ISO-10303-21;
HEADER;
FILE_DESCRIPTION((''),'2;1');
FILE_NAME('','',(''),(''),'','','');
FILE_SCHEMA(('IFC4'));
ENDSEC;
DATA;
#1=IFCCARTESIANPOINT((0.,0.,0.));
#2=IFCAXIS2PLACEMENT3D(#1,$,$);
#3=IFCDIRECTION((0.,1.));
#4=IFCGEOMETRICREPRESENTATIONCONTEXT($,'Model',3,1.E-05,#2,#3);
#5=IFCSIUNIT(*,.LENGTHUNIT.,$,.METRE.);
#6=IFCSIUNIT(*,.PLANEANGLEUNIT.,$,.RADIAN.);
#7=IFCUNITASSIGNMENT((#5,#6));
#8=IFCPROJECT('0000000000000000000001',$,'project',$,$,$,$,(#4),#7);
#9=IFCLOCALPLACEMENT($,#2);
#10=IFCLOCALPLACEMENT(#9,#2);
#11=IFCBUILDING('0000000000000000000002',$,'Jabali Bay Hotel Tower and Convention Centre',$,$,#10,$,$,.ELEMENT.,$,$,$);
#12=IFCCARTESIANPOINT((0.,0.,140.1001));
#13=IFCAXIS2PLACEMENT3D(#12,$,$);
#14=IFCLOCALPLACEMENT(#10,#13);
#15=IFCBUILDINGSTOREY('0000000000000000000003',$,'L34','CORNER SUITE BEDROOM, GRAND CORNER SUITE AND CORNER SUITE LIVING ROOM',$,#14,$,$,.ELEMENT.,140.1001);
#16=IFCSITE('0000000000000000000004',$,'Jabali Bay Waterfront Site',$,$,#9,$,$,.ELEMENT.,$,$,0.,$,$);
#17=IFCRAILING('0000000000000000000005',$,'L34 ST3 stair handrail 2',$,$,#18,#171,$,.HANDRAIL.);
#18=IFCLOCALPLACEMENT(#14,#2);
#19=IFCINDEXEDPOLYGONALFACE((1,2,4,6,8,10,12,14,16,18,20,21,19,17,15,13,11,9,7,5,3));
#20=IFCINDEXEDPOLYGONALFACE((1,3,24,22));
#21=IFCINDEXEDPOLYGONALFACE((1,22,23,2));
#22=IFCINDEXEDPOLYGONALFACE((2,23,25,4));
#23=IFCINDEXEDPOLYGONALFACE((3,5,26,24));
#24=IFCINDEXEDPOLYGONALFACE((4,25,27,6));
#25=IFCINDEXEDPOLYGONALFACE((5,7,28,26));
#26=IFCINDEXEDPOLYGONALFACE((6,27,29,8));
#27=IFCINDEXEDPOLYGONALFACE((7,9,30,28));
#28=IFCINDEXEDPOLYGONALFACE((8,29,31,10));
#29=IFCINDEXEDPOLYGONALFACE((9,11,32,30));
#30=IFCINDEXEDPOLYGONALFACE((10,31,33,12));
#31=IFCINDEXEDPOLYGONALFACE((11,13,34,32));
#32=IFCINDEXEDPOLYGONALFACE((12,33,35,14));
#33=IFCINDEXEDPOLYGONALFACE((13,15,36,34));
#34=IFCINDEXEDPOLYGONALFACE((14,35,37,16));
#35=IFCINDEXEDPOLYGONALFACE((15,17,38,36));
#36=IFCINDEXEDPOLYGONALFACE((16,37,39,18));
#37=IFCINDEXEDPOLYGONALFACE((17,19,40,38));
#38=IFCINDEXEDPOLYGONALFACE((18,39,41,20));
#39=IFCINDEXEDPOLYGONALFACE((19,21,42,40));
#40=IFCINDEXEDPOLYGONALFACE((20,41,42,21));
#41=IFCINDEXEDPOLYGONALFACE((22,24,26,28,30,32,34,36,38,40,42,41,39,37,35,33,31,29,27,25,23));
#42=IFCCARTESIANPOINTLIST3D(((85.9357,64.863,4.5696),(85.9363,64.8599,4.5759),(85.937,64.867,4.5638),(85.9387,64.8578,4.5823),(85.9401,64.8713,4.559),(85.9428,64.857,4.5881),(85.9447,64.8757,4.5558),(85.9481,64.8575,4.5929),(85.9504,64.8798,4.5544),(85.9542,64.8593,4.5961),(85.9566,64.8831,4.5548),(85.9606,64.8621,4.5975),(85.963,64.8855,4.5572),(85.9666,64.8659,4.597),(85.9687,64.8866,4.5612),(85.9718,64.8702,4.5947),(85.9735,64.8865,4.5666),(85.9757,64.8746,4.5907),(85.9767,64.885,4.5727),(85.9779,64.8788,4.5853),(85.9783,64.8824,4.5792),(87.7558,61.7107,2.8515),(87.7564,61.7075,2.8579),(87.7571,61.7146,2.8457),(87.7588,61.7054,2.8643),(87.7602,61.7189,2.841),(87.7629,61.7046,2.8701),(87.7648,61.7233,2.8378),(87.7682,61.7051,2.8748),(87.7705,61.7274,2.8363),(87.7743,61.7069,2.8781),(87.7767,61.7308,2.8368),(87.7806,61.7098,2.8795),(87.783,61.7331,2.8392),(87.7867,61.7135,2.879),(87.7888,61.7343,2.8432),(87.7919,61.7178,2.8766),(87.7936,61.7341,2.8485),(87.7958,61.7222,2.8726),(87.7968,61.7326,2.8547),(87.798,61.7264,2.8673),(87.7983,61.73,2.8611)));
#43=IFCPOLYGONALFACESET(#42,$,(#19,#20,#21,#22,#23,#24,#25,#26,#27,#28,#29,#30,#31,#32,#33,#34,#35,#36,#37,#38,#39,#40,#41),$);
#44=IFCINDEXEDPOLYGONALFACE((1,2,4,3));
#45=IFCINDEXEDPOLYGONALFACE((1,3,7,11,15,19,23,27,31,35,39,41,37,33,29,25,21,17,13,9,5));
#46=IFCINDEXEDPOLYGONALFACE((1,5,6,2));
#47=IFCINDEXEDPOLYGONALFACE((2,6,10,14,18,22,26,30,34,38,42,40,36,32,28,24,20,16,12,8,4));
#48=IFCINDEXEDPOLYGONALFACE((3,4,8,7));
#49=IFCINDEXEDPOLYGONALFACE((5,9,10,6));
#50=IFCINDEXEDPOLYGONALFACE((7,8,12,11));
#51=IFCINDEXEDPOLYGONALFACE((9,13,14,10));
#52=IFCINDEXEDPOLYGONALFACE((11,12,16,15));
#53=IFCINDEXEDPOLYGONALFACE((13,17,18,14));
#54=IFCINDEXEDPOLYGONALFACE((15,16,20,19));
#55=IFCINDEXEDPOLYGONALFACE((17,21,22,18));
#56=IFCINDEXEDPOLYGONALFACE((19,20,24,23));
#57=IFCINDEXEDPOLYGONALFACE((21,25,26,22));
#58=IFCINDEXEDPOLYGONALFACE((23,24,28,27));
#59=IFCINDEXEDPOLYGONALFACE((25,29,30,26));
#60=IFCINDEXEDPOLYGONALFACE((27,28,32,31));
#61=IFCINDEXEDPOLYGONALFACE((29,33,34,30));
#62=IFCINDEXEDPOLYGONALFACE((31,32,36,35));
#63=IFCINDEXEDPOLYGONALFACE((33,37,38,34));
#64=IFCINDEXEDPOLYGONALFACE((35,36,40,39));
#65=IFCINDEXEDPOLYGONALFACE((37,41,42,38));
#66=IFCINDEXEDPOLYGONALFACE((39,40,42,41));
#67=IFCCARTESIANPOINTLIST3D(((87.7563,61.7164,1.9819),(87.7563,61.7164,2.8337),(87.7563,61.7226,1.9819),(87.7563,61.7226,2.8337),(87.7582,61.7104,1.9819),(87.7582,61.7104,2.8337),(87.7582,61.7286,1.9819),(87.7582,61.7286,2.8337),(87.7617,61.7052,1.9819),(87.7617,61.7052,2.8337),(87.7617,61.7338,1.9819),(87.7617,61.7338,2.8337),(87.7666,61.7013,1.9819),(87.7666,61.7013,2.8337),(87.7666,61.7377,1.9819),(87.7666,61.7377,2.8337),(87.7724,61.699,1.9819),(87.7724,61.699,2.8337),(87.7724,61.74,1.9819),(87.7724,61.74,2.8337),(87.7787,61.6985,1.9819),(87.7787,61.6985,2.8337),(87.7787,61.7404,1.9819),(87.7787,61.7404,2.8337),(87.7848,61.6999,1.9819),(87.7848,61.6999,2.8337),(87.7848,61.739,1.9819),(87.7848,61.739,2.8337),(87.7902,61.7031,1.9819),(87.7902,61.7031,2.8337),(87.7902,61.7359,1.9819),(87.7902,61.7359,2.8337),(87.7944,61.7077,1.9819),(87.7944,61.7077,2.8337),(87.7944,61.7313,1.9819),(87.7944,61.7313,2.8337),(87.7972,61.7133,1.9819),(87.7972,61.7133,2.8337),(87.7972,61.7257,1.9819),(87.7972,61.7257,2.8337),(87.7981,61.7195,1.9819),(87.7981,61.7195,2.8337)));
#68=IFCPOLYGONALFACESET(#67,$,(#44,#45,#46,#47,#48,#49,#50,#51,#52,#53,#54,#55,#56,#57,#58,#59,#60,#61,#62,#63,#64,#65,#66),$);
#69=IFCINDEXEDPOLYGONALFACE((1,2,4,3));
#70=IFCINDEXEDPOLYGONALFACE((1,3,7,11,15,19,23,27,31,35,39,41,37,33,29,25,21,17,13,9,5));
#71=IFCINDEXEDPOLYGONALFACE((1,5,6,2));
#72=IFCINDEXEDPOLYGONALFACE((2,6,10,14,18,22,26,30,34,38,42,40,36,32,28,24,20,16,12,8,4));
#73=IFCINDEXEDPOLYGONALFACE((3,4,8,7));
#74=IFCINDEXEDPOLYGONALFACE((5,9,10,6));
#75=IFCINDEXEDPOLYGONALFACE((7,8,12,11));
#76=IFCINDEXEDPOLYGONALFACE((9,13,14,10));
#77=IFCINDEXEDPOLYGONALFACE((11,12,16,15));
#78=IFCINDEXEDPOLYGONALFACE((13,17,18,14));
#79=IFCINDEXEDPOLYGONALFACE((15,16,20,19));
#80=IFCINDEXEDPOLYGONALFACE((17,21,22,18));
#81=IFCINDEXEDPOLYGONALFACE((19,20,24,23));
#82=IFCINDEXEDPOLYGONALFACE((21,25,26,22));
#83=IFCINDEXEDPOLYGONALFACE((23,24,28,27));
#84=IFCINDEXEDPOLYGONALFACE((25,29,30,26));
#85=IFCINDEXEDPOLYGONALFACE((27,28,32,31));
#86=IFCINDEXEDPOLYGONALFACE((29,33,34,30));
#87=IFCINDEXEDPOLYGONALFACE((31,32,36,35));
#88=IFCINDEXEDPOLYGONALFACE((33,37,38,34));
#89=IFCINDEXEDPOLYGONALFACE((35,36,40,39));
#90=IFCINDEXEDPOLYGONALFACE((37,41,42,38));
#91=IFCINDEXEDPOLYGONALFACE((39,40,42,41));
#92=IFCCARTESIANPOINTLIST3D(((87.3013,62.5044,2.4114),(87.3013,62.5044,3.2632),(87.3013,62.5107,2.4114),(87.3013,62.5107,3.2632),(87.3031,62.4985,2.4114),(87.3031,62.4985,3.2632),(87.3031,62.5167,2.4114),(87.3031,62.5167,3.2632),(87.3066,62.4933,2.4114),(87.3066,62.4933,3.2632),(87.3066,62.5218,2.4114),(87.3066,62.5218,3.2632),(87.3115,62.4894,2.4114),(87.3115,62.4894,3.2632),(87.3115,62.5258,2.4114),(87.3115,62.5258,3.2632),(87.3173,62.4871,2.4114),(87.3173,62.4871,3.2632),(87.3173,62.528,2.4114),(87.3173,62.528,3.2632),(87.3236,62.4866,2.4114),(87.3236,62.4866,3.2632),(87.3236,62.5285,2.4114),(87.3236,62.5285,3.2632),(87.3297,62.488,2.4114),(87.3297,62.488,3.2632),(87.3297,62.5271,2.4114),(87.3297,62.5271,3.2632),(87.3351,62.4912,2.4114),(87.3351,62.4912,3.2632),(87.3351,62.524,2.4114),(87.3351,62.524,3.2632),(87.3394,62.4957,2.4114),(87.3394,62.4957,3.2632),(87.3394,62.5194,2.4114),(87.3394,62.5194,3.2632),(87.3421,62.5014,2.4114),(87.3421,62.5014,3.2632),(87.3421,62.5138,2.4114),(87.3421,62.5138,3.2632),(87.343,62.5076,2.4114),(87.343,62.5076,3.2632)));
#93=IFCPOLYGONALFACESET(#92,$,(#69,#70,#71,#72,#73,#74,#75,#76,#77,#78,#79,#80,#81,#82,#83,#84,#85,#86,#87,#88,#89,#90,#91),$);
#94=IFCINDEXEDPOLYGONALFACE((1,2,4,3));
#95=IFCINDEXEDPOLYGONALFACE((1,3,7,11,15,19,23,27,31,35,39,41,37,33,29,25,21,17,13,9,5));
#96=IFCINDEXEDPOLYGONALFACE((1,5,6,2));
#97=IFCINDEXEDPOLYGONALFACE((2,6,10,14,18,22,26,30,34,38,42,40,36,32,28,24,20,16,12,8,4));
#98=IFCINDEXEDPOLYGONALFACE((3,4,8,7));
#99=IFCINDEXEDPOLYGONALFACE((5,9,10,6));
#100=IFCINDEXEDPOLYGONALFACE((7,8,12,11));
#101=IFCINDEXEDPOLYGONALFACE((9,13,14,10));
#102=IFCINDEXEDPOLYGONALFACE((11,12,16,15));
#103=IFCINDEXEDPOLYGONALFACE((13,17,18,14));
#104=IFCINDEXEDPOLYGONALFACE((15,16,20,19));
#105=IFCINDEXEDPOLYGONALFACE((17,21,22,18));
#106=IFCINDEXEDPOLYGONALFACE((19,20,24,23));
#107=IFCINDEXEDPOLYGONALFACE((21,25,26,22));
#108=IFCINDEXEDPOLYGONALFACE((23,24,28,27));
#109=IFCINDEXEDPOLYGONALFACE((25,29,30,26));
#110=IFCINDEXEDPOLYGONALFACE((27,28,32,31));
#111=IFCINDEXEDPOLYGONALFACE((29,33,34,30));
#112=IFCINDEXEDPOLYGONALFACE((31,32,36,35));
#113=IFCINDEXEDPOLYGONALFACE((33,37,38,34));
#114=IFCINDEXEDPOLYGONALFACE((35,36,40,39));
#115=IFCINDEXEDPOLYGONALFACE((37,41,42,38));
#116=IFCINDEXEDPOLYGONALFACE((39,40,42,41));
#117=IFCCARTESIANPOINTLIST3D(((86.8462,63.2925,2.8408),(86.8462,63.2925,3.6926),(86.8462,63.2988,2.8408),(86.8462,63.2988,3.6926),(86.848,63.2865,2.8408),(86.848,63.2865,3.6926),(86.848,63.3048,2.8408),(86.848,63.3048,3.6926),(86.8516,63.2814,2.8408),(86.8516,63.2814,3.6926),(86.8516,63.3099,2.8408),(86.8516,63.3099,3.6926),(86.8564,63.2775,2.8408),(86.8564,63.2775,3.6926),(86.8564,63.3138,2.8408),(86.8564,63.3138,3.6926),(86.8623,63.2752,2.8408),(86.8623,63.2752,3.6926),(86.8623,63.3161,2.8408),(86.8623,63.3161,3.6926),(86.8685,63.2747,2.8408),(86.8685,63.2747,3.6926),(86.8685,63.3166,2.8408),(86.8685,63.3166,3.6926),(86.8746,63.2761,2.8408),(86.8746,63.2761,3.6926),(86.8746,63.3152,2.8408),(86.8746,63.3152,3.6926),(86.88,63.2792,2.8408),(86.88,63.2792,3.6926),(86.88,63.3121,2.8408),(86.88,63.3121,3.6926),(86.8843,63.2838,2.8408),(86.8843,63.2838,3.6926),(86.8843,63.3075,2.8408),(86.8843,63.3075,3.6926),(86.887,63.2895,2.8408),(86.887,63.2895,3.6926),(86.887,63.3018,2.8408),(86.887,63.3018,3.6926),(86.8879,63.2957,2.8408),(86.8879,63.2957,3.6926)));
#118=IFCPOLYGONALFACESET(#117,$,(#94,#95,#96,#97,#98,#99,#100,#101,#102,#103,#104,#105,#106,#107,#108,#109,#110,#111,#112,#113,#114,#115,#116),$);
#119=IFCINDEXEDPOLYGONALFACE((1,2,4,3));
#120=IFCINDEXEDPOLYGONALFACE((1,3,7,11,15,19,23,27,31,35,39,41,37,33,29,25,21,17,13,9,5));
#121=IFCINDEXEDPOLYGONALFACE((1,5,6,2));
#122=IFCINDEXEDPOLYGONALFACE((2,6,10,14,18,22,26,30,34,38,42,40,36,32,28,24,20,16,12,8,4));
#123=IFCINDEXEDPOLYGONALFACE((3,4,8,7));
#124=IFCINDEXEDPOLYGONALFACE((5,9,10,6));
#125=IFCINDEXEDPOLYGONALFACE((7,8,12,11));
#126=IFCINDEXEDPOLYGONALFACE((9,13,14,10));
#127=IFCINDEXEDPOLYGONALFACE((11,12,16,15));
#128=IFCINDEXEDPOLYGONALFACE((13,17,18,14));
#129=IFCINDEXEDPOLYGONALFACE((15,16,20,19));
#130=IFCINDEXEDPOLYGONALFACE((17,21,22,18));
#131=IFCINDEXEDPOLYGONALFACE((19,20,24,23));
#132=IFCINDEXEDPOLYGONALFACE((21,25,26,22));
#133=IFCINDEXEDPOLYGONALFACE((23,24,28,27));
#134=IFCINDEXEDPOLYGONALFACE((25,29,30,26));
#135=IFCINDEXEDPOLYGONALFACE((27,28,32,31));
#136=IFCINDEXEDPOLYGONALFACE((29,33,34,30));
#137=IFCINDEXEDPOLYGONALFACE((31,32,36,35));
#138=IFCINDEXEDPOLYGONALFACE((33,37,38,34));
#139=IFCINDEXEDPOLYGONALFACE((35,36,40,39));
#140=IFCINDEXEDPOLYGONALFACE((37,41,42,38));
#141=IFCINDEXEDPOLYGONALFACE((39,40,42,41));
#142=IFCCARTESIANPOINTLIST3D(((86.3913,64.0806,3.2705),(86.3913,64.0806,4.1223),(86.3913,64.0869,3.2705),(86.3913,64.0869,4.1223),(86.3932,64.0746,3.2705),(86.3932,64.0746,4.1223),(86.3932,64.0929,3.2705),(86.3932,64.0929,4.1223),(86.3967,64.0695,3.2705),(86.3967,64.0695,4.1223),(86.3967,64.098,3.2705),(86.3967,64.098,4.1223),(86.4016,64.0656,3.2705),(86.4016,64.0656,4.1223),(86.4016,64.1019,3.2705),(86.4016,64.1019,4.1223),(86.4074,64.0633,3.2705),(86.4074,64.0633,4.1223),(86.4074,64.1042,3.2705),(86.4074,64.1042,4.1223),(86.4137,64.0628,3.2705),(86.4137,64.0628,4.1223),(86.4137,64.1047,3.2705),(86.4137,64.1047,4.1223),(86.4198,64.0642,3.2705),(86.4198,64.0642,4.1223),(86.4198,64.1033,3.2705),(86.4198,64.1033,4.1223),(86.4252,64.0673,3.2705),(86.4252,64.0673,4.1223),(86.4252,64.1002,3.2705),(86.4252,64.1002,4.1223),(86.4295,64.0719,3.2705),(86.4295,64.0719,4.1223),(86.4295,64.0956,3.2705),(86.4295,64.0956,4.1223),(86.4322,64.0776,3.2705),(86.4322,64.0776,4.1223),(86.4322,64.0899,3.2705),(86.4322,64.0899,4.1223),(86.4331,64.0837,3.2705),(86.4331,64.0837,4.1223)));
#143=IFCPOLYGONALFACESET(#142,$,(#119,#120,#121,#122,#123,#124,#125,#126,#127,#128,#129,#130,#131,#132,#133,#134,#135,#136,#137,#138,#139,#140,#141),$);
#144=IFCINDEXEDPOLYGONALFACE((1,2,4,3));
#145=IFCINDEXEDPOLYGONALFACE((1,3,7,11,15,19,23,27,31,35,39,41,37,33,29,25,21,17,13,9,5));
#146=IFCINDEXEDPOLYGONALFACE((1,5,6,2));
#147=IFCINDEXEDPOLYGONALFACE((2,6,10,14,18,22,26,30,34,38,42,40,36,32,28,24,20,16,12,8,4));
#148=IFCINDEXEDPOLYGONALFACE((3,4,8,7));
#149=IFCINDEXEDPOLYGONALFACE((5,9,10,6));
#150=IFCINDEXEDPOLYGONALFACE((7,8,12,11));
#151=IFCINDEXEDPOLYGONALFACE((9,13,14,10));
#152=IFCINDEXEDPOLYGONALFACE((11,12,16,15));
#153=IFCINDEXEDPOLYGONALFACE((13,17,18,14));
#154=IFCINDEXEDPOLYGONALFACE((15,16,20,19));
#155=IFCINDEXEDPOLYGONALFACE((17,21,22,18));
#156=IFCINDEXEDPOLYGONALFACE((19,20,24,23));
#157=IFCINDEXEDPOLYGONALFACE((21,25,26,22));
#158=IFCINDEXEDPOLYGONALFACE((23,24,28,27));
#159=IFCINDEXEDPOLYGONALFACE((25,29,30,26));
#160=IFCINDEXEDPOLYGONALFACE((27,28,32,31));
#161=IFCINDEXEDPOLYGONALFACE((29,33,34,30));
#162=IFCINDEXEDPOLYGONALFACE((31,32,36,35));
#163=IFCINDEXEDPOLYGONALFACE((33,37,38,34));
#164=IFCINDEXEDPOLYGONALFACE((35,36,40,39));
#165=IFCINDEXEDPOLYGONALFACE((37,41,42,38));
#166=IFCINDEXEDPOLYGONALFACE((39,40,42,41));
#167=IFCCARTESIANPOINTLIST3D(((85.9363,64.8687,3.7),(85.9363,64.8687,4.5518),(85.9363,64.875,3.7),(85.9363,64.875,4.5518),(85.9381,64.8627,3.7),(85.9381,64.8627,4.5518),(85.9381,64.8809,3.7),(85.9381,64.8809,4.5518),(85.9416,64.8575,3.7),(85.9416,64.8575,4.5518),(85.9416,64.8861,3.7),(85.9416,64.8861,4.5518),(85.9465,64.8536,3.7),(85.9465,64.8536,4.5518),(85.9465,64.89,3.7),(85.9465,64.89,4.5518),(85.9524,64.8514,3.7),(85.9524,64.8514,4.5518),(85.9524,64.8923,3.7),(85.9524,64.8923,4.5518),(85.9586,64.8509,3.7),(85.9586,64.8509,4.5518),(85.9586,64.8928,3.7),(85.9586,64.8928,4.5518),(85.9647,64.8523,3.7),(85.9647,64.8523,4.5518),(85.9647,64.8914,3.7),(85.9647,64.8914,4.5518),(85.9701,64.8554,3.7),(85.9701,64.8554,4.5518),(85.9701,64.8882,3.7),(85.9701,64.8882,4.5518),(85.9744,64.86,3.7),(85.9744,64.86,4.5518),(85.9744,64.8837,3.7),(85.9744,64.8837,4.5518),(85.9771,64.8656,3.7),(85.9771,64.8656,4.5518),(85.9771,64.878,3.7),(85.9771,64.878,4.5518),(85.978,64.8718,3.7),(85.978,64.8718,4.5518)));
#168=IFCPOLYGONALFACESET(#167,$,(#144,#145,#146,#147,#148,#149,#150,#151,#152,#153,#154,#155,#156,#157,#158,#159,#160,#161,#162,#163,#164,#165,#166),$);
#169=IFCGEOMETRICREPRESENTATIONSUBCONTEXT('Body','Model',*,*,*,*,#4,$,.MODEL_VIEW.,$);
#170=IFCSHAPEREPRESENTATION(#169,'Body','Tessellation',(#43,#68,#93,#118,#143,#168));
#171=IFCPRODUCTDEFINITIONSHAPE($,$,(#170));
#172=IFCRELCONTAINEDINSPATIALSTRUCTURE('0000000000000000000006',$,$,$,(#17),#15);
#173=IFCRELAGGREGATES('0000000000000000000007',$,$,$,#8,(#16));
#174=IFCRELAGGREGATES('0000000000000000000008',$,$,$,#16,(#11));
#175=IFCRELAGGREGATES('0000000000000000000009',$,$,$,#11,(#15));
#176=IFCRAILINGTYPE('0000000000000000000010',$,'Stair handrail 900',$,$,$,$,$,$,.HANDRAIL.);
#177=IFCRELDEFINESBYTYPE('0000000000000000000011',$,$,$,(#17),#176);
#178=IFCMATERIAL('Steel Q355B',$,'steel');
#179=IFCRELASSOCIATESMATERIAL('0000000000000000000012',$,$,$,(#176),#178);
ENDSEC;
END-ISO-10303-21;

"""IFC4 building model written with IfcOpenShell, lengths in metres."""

from ifc_helpers import new_model, si_unit, direction, frame, origin, origin_2d, place, context, subcontext, project, spatial, circle, extrude, material, type_object, element, save


model = new_model("IFC4")

# Units and contexts
model_context = context("Model", 3, precision=1e-05, world=origin(), true_north=direction((0.0, 1.0)))
body_context = subcontext(model_context, "Body", "Model", "MODEL_VIEW")
ifc_project = project(units=[si_unit("LENGTHUNIT", "METRE"), si_unit("PLANEANGLEUNIT", "RADIAN")], contexts=[model_context])

# Site, building, storey
site_placement = place(None, origin())
site = spatial("IfcSite", under=ifc_project, at=site_placement, Name="Jabali Bay Waterfront Site", CompositionType="ELEMENT", RefElevation=0.0)
building_placement = place(site_placement, origin())
building = spatial("IfcBuilding", under=site, at=building_placement, Name="Jabali Bay Hotel Tower and Convention Centre", CompositionType="ELEMENT")
storey_placement = place(building_placement, frame((0.0, 0.0, 140.1001)))
storey = spatial("IfcBuildingStorey", under=building, at=storey_placement, Name="L34", Description="CORNER SUITE BEDROOM, GRAND CORNER SUITE AND CORNER SUITE LIVING ROOM", CompositionType="ELEMENT", Elevation=140.1001)

# Railing
ifc_material_1 = material(Name="Steel Q355B", Category="steel")
railing_type_1 = type_object("IfcRailingType", Name="Stair handrail 900", PredefinedType="HANDRAIL", material=ifc_material_1)
railing_1_placement = place(storey_placement, frame((87.7771, 61.7195, 1.9819)))
element("IfcRailing", 1, at=railing_1_placement, inside=storey, type_object=railing_type_1, Name="L34 ST3 stair handrail 2", PredefinedType="HANDRAIL", context=body_context, shape_type="SweptSolid", body=[
    extrude(circle(Radius=0.0239, at=origin_2d()), frame((0.0, 0.0, 0.876), z_axis=(-0.452179, 0.78317, 0.426825), x_axis=(-0.866018, -0.500013, 0.0)), (0.0, 0.0, 1.0), 4.0251),
    extrude(circle(Radius=0.021, at=origin_2d()), origin(), (0.0, 0.0, 1.0), 0.8518),
    extrude(circle(Radius=0.021, at=origin_2d()), frame((-0.4551, 0.7881, 0.4294)), (0.0, 0.0, 1.0), 0.8518),
    extrude(circle(Radius=0.021, at=origin_2d()), frame((-0.9102, 1.5762, 0.8589)), (0.0, 0.0, 1.0), 0.8518),
    extrude(circle(Radius=0.021, at=origin_2d()), frame((-1.365, 2.3643, 1.2886)), (0.0, 0.0, 1.0), 0.8518),
    extrude(circle(Radius=0.021, at=origin_2d()), frame((-1.8201, 3.1523, 1.718)), (0.0, 0.0, 1.0), 0.8518),
])

save(model, "model.ifc")
